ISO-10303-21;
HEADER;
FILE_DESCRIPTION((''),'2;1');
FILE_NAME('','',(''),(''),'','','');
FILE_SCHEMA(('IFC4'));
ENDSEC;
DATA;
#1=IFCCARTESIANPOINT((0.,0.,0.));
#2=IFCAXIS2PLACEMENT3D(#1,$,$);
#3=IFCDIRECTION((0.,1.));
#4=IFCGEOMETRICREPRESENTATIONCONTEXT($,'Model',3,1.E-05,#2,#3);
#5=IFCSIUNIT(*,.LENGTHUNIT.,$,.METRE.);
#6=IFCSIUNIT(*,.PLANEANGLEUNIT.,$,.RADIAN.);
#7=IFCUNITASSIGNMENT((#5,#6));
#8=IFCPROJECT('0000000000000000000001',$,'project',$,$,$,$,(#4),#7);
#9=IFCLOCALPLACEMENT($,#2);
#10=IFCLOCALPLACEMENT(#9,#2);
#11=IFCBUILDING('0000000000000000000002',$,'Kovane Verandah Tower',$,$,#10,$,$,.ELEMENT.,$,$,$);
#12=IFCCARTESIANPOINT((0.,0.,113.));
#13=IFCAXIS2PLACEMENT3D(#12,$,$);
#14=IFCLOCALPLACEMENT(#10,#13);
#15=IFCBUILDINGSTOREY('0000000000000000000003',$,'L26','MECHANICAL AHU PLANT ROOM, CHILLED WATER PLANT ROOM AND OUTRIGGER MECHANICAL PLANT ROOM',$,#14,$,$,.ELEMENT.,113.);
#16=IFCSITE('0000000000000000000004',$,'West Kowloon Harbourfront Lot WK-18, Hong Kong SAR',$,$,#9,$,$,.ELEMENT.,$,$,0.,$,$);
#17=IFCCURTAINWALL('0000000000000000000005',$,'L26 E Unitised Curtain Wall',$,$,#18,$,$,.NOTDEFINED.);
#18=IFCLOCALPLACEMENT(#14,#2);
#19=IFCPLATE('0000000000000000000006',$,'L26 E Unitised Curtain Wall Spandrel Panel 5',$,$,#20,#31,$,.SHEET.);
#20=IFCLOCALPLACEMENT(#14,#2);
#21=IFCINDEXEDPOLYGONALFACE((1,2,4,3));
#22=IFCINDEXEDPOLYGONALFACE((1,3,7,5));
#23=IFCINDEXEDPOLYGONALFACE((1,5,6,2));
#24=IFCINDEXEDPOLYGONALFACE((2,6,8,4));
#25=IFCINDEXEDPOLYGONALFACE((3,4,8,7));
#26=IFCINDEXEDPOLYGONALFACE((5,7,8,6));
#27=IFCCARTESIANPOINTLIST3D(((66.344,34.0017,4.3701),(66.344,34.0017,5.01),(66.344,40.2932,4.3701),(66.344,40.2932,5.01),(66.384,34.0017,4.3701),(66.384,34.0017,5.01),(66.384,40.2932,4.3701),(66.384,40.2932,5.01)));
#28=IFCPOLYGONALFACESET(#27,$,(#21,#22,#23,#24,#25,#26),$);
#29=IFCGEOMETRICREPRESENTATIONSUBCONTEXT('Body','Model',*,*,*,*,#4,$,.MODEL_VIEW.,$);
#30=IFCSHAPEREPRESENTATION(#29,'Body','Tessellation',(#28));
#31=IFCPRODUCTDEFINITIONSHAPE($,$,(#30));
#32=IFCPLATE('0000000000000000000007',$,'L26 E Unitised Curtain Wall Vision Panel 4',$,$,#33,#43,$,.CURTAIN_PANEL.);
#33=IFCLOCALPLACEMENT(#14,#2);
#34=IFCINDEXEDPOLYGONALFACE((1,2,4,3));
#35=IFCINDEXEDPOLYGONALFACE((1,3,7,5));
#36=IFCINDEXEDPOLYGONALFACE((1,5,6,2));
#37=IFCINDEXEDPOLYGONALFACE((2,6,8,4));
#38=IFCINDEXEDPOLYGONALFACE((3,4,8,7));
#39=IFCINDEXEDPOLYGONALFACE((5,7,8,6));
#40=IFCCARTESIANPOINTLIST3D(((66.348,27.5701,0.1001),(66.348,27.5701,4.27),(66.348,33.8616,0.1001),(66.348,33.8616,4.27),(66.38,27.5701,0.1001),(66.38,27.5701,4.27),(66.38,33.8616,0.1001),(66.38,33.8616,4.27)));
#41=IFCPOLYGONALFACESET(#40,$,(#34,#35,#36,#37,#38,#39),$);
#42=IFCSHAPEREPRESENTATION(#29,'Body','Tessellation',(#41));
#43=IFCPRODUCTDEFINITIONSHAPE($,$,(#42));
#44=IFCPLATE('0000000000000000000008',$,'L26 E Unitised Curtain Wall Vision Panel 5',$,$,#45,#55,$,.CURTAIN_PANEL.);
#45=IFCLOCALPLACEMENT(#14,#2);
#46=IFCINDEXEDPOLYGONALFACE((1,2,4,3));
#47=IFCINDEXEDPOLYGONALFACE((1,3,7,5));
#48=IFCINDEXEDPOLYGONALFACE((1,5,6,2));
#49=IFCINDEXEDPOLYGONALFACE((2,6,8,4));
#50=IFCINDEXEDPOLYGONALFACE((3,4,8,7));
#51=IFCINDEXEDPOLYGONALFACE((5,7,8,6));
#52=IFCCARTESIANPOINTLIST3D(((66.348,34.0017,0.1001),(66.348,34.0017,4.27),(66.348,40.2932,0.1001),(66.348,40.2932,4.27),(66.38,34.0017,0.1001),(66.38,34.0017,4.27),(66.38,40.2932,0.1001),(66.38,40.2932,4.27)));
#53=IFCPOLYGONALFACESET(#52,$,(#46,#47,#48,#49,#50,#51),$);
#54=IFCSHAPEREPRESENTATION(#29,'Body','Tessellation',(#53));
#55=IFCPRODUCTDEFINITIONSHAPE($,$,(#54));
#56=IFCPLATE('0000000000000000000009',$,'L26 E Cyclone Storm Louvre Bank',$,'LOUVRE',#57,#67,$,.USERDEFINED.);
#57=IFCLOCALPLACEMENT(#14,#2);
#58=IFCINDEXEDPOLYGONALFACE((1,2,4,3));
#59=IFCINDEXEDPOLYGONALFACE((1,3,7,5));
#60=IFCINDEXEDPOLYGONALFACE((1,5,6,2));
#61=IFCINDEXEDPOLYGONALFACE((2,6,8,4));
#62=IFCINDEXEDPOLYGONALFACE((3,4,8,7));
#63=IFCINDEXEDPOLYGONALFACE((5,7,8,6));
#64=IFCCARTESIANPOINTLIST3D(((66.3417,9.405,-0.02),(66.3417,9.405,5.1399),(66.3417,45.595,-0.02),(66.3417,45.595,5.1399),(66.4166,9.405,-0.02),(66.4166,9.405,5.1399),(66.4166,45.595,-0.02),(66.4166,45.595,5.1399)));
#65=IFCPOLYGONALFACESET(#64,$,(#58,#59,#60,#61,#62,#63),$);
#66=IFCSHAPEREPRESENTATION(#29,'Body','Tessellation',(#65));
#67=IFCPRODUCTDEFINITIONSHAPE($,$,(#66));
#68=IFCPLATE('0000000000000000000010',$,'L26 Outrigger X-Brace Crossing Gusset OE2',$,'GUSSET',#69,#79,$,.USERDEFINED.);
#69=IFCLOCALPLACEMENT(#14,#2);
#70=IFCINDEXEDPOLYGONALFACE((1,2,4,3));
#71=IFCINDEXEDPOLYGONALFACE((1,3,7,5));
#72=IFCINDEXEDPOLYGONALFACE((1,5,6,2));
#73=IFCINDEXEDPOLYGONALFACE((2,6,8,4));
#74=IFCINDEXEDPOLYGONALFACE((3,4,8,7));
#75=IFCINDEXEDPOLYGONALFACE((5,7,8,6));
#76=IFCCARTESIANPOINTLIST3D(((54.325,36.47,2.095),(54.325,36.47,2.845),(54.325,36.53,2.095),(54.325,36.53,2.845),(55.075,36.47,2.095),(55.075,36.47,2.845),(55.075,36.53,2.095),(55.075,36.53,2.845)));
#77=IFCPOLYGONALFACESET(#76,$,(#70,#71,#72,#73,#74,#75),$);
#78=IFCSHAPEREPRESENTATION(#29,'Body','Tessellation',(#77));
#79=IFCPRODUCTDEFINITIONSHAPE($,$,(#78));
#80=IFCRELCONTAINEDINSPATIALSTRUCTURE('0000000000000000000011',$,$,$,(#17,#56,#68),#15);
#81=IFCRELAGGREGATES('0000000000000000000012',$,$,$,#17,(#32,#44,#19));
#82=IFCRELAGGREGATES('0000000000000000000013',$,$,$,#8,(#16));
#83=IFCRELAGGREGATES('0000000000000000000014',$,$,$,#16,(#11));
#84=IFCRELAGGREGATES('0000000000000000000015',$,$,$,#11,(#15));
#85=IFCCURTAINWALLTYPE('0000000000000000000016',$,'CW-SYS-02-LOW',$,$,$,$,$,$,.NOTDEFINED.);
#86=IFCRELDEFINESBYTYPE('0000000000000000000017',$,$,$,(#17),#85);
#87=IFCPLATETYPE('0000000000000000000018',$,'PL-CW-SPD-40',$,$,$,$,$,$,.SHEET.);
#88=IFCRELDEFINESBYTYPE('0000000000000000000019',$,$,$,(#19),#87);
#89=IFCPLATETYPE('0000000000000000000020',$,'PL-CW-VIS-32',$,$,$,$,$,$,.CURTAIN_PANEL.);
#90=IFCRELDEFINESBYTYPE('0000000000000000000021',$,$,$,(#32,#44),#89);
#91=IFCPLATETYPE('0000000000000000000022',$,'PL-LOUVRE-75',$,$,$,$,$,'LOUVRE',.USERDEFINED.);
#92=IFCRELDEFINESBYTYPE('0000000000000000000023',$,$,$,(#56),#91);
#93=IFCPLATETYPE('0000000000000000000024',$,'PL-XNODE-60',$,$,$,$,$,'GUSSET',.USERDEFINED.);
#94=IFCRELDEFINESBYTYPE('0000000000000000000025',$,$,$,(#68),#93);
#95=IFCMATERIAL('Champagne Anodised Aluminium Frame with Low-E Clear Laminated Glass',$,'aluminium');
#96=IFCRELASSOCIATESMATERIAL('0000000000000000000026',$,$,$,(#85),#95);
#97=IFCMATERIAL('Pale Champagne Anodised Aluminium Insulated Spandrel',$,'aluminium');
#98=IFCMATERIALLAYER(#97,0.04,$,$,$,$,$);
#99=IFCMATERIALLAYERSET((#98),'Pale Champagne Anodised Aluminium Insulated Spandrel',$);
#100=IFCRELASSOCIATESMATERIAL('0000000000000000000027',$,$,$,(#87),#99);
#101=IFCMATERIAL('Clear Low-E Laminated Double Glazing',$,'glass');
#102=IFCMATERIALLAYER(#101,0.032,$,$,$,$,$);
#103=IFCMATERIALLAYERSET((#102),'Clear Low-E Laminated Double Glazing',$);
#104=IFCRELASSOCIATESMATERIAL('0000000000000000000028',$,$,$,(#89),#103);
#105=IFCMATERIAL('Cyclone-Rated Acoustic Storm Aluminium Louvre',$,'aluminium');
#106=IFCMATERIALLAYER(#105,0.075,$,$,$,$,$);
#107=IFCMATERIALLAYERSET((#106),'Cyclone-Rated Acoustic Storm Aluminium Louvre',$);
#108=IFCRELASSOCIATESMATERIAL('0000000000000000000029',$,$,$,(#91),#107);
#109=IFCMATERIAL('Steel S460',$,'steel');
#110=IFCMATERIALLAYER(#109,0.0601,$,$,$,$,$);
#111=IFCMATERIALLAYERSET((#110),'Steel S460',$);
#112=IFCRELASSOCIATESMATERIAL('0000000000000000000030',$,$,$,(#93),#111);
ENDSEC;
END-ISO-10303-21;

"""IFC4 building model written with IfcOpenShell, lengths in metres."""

from ifc_helpers import new_model, si_unit, direction, frame, origin, origin_2d, place, context, subcontext, project, spatial, rectangle, extrude, material, layer, layer_set, type_object, element, aggregate, save


model = new_model("IFC4")

# Units and contexts
model_context = context("Model", 3, precision=1e-05, world=origin(), true_north=direction((0.0, 1.0)))
body_context = subcontext(model_context, "Body", "Model", "MODEL_VIEW")
ifc_project = project(units=[si_unit("LENGTHUNIT", "METRE"), si_unit("PLANEANGLEUNIT", "RADIAN")], contexts=[model_context])

# Site, building, storey
site_placement = place(None, origin())
site = spatial("IfcSite", under=ifc_project, at=site_placement, Name="West Kowloon Harbourfront Lot WK-18, Hong Kong SAR", CompositionType="ELEMENT", RefElevation=0.0)
building_placement = place(site_placement, origin())
building = spatial("IfcBuilding", under=site, at=building_placement, Name="Kovane Verandah Tower", CompositionType="ELEMENT")
storey_placement = place(building_placement, frame((0.0, 0.0, 113.0)))
storey = spatial("IfcBuildingStorey", under=building, at=storey_placement, Name="L26", Description="MECHANICAL AHU PLANT ROOM, CHILLED WATER PLANT ROOM AND OUTRIGGER MECHANICAL PLANT ROOM", CompositionType="ELEMENT", Elevation=113.0)

# Shared definitions
ifc_material_1 = material(Name="Steel S460", Category="steel")

# Curtain wall
ifc_material_2 = material(Name="Champagne Anodised Aluminium Frame with Low-E Clear Laminated Glass", Category="aluminium")
curtain_wall_type = type_object("IfcCurtainWallType", Name="CW-SYS-02-LOW", PredefinedType="NOTDEFINED", material=ifc_material_2)
curtain_wall_placement = place(storey_placement, origin())
curtain_wall = element("IfcCurtainWall", 1, at=curtain_wall_placement, inside=storey, type_object=curtain_wall_type, Name="L26 E Unitised Curtain Wall", PredefinedType="NOTDEFINED")

# Plates
ifc_material_3 = material(Name="Pale Champagne Anodised Aluminium Insulated Spandrel", Category="aluminium")
ifc_layer_1 = layer(ifc_material_3, 0.04)
ifc_layer_set_1 = layer_set([ifc_layer_1], Name="Pale Champagne Anodised Aluminium Insulated Spandrel")
plate_type_1 = type_object("IfcPlateType", Name="PL-CW-SPD-40", PredefinedType="SHEET", material=ifc_layer_set_1)
plate_1_placement = place(storey_placement, frame((66.364, 37.1475, 4.3701), z_axis=(0.0, 0.0, 1.0), x_axis=(0.0, 1.0, 0.0)))
plate_1 = element("IfcPlate", 2, at=plate_1_placement, type_object=plate_type_1, Name="L26 E Unitised Curtain Wall Spandrel Panel 5", PredefinedType="SHEET", context=body_context, shape_type="SweptSolid", body=[
    extrude(rectangle(XDim=6.2915, YDim=0.04, at=origin_2d()), origin(), (0.0, 0.0, 1.0), 0.6399),
])
ifc_material_4 = material(Name="Clear Low-E Laminated Double Glazing", Category="glass")
ifc_layer_2 = layer(ifc_material_4, 0.032)
ifc_layer_set_2 = layer_set([ifc_layer_2], Name="Clear Low-E Laminated Double Glazing")
plate_type_2 = type_object("IfcPlateType", Name="PL-CW-VIS-32", PredefinedType="CURTAIN_PANEL", material=ifc_layer_set_2)
plate_2_placement = place(storey_placement, frame((66.364, 30.7158, 0.1001), z_axis=(0.0, 0.0, 1.0), x_axis=(0.0, 1.0, 0.0)))
plate_2 = element("IfcPlate", 3, at=plate_2_placement, type_object=plate_type_2, Name="L26 E Unitised Curtain Wall Vision Panel 4", PredefinedType="CURTAIN_PANEL", context=body_context, shape_type="SweptSolid", body=[
    extrude(rectangle(XDim=6.2915, YDim=0.032, at=origin_2d()), origin(), (0.0, 0.0, 1.0), 4.1699),
])
plate_3_placement = place(storey_placement, frame((66.364, 37.1475, 0.1001), z_axis=(0.0, 0.0, 1.0), x_axis=(0.0, 1.0, 0.0)))
plate_3 = element("IfcPlate", 4, at=plate_3_placement, type_object=plate_type_2, Name="L26 E Unitised Curtain Wall Vision Panel 5", PredefinedType="CURTAIN_PANEL", context=body_context, shape_type="SweptSolid", body=[
    extrude(rectangle(XDim=6.2915, YDim=0.032, at=origin_2d()), origin(), (0.0, 0.0, 1.0), 4.1699),
])
aggregate(curtain_wall, [plate_2, plate_3, plate_1])

# Plates
ifc_material_5 = material(Name="Cyclone-Rated Acoustic Storm Aluminium Louvre", Category="aluminium")
ifc_layer_3 = layer(ifc_material_5, 0.075)
ifc_layer_set_3 = layer_set([ifc_layer_3], Name="Cyclone-Rated Acoustic Storm Aluminium Louvre")
plate_type_3 = type_object("IfcPlateType", Name="PL-LOUVRE-75", ElementType="LOUVRE", PredefinedType="USERDEFINED", material=ifc_layer_set_3)
plate_4_placement = place(storey_placement, frame((66.3792, 27.5, -0.02), z_axis=(0.0, 0.0, 1.0), x_axis=(0.0, 1.0, 0.0)))
element("IfcPlate", 5, at=plate_4_placement, inside=storey, type_object=plate_type_3, Name="L26 E Cyclone Storm Louvre Bank", ObjectType="LOUVRE", PredefinedType="USERDEFINED", context=body_context, shape_type="SweptSolid", body=[
    extrude(rectangle(XDim=36.1899, YDim=0.075, at=origin_2d()), origin(), (0.0, 0.0, 1.0), 5.1599),
])
ifc_layer_4 = layer(ifc_material_1, 0.0601)
ifc_layer_set_4 = layer_set([ifc_layer_4], Name="Steel S460")
plate_type_4 = type_object("IfcPlateType", Name="PL-XNODE-60", ElementType="GUSSET", PredefinedType="USERDEFINED", material=ifc_layer_set_4)
plate_5_placement = place(storey_placement, frame((54.7, 36.5, 2.095), z_axis=(0.0, 0.0, 1.0), x_axis=(1.0, 0.0, 0.0)))
element("IfcPlate", 6, at=plate_5_placement, inside=storey, type_object=plate_type_4, Name="L26 Outrigger X-Brace Crossing Gusset OE2", ObjectType="GUSSET", PredefinedType="USERDEFINED", context=body_context, shape_type="SweptSolid", body=[
    extrude(rectangle(XDim=0.75, YDim=0.0601, at=origin_2d()), origin(), (0.0, 0.0, 1.0), 0.75),
])

save(model, "model.ifc")
